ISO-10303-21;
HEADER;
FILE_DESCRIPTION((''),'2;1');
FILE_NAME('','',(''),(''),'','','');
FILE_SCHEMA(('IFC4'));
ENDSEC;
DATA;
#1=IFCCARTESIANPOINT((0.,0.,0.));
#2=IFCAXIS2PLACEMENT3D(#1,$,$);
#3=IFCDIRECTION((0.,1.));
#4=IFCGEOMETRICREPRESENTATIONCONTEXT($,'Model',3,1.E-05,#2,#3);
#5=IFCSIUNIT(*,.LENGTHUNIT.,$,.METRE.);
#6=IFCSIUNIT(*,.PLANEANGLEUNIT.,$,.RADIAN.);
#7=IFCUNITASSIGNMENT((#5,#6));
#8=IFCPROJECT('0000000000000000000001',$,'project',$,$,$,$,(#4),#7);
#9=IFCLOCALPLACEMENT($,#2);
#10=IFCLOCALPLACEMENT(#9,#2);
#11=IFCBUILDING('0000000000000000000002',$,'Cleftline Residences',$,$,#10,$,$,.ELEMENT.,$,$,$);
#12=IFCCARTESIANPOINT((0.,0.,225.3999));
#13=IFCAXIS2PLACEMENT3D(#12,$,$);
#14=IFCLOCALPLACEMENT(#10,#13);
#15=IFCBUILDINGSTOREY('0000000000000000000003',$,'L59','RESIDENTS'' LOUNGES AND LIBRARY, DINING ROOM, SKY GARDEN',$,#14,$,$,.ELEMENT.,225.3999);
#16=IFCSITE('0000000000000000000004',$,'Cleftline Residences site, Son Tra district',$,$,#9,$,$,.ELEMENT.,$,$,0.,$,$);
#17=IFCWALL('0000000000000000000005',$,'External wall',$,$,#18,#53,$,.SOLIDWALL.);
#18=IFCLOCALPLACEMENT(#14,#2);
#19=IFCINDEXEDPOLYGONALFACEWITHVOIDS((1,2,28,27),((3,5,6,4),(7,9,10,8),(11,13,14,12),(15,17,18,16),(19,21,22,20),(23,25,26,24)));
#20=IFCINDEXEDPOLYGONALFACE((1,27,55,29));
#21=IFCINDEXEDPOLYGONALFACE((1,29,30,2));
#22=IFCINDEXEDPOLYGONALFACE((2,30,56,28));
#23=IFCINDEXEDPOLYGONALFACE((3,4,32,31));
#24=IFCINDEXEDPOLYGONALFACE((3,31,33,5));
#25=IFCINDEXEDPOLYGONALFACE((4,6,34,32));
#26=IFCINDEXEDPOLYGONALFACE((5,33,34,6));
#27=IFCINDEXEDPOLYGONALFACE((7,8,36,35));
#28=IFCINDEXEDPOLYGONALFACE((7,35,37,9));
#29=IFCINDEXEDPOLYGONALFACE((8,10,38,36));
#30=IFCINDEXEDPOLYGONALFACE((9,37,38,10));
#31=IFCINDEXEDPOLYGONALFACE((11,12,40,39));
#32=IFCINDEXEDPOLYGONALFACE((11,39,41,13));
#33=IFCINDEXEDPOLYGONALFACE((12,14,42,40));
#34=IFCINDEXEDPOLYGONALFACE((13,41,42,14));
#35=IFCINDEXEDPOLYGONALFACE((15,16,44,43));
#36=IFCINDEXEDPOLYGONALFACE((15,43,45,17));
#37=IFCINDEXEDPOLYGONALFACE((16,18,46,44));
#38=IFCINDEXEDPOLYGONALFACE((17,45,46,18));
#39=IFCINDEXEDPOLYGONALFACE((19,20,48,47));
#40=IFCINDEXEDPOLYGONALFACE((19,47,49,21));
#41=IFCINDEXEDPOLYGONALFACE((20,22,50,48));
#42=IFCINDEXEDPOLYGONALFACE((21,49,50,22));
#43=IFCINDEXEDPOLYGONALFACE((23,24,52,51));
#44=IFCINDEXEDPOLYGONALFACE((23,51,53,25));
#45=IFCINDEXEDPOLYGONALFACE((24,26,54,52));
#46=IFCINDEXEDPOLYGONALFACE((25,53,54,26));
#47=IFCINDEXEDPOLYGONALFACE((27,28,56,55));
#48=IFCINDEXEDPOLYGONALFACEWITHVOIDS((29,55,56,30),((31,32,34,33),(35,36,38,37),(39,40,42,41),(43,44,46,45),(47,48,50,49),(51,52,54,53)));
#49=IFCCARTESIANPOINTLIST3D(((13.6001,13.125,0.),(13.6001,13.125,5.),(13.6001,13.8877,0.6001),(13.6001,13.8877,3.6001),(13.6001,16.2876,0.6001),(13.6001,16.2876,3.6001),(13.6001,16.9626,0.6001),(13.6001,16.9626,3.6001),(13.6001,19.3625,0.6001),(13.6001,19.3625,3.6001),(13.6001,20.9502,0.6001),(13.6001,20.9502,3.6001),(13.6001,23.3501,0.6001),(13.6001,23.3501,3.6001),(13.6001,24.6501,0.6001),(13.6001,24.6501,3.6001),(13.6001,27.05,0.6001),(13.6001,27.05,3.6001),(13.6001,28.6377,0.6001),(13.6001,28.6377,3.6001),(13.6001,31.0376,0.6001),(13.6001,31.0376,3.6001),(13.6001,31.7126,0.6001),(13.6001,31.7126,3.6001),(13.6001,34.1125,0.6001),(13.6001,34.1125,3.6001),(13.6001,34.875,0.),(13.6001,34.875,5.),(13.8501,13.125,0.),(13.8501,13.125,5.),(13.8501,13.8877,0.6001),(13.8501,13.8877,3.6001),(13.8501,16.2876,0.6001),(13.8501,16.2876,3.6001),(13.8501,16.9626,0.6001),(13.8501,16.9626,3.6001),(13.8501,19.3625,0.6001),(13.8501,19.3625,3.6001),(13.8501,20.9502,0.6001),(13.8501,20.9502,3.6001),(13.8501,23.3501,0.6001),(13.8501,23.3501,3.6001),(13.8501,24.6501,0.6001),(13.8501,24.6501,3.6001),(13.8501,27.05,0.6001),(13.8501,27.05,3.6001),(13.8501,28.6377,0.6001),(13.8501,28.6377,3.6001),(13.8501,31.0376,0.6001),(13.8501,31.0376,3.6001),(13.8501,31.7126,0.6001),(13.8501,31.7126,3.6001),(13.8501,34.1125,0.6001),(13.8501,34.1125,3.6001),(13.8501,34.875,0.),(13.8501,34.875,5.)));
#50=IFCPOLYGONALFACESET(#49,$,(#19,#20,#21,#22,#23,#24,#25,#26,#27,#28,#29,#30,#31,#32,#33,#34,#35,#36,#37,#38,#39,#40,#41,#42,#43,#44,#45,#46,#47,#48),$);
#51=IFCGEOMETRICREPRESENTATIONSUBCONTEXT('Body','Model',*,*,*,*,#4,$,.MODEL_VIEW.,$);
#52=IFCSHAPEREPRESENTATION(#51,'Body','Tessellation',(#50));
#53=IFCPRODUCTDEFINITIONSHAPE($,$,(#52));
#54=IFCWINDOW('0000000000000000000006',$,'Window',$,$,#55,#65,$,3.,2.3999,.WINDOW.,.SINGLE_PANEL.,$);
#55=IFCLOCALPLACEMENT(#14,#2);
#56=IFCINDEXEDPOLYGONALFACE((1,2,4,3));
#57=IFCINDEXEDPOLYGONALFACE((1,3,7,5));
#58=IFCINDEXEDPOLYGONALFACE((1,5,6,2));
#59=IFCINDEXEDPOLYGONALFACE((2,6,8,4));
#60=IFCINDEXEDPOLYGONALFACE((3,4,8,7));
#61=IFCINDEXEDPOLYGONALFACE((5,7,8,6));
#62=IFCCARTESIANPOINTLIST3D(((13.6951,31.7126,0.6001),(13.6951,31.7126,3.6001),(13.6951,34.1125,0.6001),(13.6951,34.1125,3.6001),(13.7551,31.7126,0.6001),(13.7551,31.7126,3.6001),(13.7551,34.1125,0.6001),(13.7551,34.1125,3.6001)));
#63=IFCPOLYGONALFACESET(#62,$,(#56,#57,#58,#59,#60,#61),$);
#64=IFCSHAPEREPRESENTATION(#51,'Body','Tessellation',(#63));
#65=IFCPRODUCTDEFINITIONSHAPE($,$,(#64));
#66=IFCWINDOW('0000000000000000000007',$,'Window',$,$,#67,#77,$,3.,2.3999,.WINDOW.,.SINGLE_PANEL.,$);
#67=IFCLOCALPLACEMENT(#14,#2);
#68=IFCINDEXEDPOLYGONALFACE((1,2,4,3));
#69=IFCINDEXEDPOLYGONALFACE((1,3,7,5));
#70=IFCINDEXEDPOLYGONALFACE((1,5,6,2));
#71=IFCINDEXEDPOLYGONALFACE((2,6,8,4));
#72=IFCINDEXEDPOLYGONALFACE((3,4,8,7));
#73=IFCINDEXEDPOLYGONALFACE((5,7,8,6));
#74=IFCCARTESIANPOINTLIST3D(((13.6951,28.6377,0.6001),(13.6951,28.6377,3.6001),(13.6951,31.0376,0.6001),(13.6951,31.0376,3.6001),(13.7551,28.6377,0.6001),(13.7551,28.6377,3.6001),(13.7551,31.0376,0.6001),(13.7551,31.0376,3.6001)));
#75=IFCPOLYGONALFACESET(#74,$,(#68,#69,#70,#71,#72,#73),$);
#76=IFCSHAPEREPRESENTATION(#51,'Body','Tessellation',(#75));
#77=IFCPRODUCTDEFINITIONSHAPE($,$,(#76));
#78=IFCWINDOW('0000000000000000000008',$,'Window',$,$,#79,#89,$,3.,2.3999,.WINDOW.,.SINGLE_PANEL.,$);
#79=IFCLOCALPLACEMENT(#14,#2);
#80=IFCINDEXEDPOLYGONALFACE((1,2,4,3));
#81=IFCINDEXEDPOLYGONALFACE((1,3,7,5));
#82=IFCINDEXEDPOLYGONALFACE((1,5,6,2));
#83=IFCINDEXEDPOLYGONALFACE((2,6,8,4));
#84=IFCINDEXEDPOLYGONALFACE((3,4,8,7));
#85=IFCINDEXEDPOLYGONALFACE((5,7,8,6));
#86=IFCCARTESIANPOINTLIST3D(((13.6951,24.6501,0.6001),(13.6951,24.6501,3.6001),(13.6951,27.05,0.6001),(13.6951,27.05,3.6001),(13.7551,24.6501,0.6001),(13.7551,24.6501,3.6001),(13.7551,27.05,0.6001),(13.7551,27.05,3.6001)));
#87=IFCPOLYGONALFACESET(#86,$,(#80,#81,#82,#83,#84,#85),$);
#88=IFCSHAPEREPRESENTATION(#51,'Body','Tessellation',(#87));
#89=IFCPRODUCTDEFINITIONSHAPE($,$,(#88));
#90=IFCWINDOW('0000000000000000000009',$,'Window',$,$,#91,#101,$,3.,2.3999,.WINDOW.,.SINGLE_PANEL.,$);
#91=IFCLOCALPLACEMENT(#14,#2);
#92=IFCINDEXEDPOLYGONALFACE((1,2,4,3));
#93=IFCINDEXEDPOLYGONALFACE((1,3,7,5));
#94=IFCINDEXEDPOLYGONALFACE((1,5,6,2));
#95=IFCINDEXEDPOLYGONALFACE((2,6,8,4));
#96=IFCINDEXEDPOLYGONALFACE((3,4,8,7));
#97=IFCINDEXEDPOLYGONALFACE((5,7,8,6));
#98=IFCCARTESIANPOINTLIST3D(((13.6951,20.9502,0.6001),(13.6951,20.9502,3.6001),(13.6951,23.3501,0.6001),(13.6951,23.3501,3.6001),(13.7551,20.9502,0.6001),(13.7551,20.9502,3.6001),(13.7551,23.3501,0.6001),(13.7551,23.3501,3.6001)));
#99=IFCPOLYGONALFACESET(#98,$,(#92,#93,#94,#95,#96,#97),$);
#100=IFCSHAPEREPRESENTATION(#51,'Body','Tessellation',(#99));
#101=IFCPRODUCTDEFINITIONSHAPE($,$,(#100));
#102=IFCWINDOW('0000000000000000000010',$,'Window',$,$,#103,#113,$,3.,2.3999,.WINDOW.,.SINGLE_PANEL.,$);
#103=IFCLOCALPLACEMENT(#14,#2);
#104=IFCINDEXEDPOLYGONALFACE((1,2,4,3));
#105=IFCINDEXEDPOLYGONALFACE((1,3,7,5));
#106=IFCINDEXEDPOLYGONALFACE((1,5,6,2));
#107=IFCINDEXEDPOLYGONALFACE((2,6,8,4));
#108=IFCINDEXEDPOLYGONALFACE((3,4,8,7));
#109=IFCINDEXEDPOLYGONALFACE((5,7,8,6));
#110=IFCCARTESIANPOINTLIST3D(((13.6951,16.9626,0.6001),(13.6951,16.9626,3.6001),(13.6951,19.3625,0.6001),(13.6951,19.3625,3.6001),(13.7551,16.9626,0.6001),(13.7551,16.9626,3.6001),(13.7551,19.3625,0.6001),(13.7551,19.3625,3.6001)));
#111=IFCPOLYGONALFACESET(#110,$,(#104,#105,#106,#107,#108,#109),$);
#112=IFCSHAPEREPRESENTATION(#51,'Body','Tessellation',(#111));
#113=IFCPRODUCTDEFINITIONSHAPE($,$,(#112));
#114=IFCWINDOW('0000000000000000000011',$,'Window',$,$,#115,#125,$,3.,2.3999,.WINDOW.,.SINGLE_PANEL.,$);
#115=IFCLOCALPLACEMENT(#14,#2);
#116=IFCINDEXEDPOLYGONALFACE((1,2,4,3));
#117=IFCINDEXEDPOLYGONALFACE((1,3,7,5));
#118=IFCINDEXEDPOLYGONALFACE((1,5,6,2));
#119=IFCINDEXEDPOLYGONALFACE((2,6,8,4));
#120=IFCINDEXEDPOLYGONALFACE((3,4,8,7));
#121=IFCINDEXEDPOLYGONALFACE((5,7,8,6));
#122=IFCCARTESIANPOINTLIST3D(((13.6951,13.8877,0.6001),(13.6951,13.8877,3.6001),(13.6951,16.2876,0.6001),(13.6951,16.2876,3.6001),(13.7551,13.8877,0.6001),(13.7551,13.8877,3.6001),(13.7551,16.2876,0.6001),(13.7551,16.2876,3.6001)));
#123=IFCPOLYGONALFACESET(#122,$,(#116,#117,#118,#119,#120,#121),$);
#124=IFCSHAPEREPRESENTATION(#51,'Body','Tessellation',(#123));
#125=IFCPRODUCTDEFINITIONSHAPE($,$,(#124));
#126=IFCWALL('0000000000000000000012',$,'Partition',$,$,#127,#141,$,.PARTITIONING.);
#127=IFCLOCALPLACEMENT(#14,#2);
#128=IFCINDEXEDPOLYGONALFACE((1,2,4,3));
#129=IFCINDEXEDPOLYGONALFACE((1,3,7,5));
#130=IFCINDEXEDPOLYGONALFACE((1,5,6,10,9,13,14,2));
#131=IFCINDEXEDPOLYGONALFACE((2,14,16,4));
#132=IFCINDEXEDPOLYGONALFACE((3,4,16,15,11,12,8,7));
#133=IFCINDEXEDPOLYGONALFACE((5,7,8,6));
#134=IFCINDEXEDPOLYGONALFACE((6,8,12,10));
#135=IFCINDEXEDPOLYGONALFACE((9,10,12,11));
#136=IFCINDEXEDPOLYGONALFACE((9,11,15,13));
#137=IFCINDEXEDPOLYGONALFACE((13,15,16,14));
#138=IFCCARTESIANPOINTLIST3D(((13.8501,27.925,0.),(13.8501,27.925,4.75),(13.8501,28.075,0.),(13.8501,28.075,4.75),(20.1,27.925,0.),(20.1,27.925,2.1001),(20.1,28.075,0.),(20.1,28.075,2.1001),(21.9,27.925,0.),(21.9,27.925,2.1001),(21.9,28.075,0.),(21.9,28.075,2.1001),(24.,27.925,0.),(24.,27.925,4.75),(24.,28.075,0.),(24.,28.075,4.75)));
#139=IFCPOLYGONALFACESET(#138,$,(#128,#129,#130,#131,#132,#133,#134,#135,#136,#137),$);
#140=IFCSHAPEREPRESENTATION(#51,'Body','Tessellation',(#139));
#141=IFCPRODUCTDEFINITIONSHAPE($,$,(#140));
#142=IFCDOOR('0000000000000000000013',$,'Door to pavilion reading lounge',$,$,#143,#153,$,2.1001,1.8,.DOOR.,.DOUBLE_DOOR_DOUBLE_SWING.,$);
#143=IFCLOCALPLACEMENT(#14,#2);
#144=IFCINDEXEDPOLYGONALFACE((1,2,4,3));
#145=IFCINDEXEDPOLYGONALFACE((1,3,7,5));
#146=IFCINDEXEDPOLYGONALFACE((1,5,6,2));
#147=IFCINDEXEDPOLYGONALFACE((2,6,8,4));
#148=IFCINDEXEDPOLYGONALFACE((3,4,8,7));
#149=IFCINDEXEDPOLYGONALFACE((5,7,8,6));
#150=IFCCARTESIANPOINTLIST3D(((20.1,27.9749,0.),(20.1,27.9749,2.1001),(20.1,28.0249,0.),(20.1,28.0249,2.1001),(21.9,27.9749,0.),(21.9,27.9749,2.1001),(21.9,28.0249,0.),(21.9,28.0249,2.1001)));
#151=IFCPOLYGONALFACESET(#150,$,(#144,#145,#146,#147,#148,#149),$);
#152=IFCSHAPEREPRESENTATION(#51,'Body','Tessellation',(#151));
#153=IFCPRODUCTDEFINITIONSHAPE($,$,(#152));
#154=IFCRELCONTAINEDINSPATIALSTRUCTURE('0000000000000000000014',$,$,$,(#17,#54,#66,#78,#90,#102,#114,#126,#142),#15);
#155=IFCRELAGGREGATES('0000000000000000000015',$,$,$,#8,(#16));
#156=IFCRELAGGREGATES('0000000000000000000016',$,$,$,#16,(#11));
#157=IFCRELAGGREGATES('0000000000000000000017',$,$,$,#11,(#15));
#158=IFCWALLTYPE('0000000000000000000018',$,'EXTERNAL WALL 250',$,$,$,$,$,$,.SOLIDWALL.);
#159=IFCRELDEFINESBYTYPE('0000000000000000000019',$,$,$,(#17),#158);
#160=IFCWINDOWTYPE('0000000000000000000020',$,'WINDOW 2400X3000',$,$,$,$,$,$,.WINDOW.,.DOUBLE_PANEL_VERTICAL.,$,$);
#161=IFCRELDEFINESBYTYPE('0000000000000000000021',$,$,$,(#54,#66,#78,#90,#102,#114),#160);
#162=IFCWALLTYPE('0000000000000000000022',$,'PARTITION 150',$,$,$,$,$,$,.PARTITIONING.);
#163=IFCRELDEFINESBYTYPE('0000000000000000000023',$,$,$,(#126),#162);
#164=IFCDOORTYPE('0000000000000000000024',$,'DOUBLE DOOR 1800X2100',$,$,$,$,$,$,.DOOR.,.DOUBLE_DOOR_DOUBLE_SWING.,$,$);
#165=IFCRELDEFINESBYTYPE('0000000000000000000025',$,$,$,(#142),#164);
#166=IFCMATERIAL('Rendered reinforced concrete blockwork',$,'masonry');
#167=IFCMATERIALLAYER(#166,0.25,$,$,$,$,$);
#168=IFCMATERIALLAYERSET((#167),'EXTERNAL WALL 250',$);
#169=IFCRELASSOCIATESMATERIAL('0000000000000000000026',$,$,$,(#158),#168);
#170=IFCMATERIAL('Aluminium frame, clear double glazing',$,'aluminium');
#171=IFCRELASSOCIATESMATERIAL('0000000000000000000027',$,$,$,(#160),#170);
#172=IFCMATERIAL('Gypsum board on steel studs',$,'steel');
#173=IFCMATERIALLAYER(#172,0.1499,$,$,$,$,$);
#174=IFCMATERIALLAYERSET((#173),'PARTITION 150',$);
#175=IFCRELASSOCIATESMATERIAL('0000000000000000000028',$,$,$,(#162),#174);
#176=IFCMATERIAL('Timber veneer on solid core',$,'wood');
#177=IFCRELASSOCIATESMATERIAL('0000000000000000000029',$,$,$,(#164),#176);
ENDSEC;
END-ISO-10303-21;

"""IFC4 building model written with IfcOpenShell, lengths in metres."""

from ifc_helpers import new_model, si_unit, direction, frame, frame_2d, origin, place, context, subcontext, project, spatial, rectangle, extrude, material, layer, layer_set, type_object, element, fill, save


model = new_model("IFC4")

# Units and contexts
model_context = context("Model", 3, precision=1e-05, world=origin(), true_north=direction((0.0, 1.0)))
body_context = subcontext(model_context, "Body", "Model", "MODEL_VIEW")
ifc_project = project(units=[si_unit("LENGTHUNIT", "METRE"), si_unit("PLANEANGLEUNIT", "RADIAN")], contexts=[model_context])

# Site, building, storey
site_placement = place(None, origin())
site = spatial("IfcSite", under=ifc_project, at=site_placement, Name="Cleftline Residences site, Son Tra district", CompositionType="ELEMENT", RefElevation=0.0)
building_placement = place(site_placement, origin())
building = spatial("IfcBuilding", under=site, at=building_placement, Name="Cleftline Residences", CompositionType="ELEMENT")
storey_placement = place(building_placement, frame((0.0, 0.0, 225.3999)))
storey = spatial("IfcBuildingStorey", under=building, at=storey_placement, Name="L59", Description="RESIDENTS' LOUNGES AND LIBRARY, DINING ROOM, SKY GARDEN", CompositionType="ELEMENT", Elevation=225.3999)

# Shared definitions
ifc_material_1 = material(Name="Rendered reinforced concrete blockwork", Category="masonry")
ifc_layer_1 = layer(ifc_material_1, 0.25)
ifc_layer_set_1 = layer_set([ifc_layer_1], Name="EXTERNAL WALL 250")
wall_type_1 = type_object("IfcWallType", Name="EXTERNAL WALL 250", PredefinedType="SOLIDWALL", material=ifc_layer_set_1)
ifc_material_2 = material(Name="Aluminium frame, clear double glazing", Category="aluminium")
window_type = type_object("IfcWindowType", Name="WINDOW 2400X3000", PartitioningType="DOUBLE_PANEL_VERTICAL", PredefinedType="WINDOW", material=ifc_material_2)

# Wall, openings, windows
wall_1_placement = place(storey_placement, frame((13.7251, 34.875, 0.0), z_axis=(0.0, 0.0, 1.0), x_axis=(0.0, -1.0, 0.0)))
wall_1 = element("IfcWall", 1, at=wall_1_placement, inside=storey, type_object=wall_type_1, Name="External wall", PredefinedType="SOLIDWALL", context=body_context, shape_type="SweptSolid", body=[
    extrude(rectangle(XDim=21.75, YDim=0.25, at=frame_2d((10.875, 0.0))), origin(), (0.0, 0.0, 1.0), 5.0),
])
opening_1_placement = place(wall_1_placement, frame((0.7625, 0.0, 0.6001)))
opening_1 = element("IfcOpeningElement", 2, at=opening_1_placement, cuts=wall_1, PredefinedType="OPENING", context=body_context, shape_type="SweptSolid", body=[
    extrude(rectangle(XDim=2.3999, YDim=3.0, at=frame_2d((1.2, 1.5))), frame((0.0, 0.135, 0.0), z_axis=(0.0, -1.0, 0.0), x_axis=(1.0, 0.0, 0.0)), (0.0, 0.0, 1.0), 0.27),
])
opening_2_placement = place(wall_1_placement, frame((3.8374, 0.0, 0.6001)))
opening_2 = element("IfcOpeningElement", 3, at=opening_2_placement, cuts=wall_1, PredefinedType="OPENING", context=body_context, shape_type="SweptSolid", body=[
    extrude(rectangle(XDim=2.3999, YDim=3.0, at=frame_2d((1.2, 1.5))), frame((0.0, 0.135, 0.0), z_axis=(0.0, -1.0, 0.0), x_axis=(1.0, 0.0, 0.0)), (0.0, 0.0, 1.0), 0.27),
])
opening_3_placement = place(wall_1_placement, frame((7.825, 0.0, 0.6001)))
opening_3 = element("IfcOpeningElement", 4, at=opening_3_placement, cuts=wall_1, PredefinedType="OPENING", context=body_context, shape_type="SweptSolid", body=[
    extrude(rectangle(XDim=2.3999, YDim=3.0, at=frame_2d((1.2, 1.5))), frame((0.0, 0.135, 0.0), z_axis=(0.0, -1.0, 0.0), x_axis=(1.0, 0.0, 0.0)), (0.0, 0.0, 1.0), 0.27),
])
opening_4_placement = place(wall_1_placement, frame((11.5249, 0.0, 0.6001)))
opening_4 = element("IfcOpeningElement", 5, at=opening_4_placement, cuts=wall_1, PredefinedType="OPENING", context=body_context, shape_type="SweptSolid", body=[
    extrude(rectangle(XDim=2.3999, YDim=3.0, at=frame_2d((1.2, 1.5))), frame((0.0, 0.135, 0.0), z_axis=(0.0, -1.0, 0.0), x_axis=(1.0, 0.0, 0.0)), (0.0, 0.0, 1.0), 0.27),
])
opening_5_placement = place(wall_1_placement, frame((15.5125, 0.0, 0.6001)))
opening_5 = element("IfcOpeningElement", 6, at=opening_5_placement, cuts=wall_1, PredefinedType="OPENING", context=body_context, shape_type="SweptSolid", body=[
    extrude(rectangle(XDim=2.3999, YDim=3.0, at=frame_2d((1.2, 1.5))), frame((0.0, 0.135, 0.0), z_axis=(0.0, -1.0, 0.0), x_axis=(1.0, 0.0, 0.0)), (0.0, 0.0, 1.0), 0.27),
])
opening_6_placement = place(wall_1_placement, frame((18.5874, 0.0, 0.6001)))
opening_6 = element("IfcOpeningElement", 7, at=opening_6_placement, cuts=wall_1, PredefinedType="OPENING", context=body_context, shape_type="SweptSolid", body=[
    extrude(rectangle(XDim=2.3999, YDim=3.0, at=frame_2d((1.2, 1.5))), frame((0.0, 0.135, 0.0), z_axis=(0.0, -1.0, 0.0), x_axis=(1.0, 0.0, 0.0)), (0.0, 0.0, 1.0), 0.27),
])
window_1_placement = place(opening_1_placement, origin())
window_1 = element("IfcWindow", 8, at=window_1_placement, inside=storey, type_object=window_type, Name="Window", OverallHeight=3.0, OverallWidth=2.3999, PartitioningType="SINGLE_PANEL", PredefinedType="WINDOW", context=body_context, shape_type="SweptSolid", body=[
    extrude(rectangle(XDim=2.3999, YDim=3.0, at=frame_2d((1.2, 1.5))), frame((0.0, 0.03, 0.0), z_axis=(0.0, -1.0, 0.0), x_axis=(1.0, 0.0, 0.0)), (0.0, 0.0, 1.0), 0.0601),
])
fill(opening_1, window_1)
window_2_placement = place(opening_2_placement, origin())
window_2 = element("IfcWindow", 9, at=window_2_placement, inside=storey, type_object=window_type, Name="Window", OverallHeight=3.0, OverallWidth=2.3999, PartitioningType="SINGLE_PANEL", PredefinedType="WINDOW", context=body_context, shape_type="SweptSolid", body=[
    extrude(rectangle(XDim=2.3999, YDim=3.0, at=frame_2d((1.2, 1.5))), frame((0.0, 0.03, 0.0), z_axis=(0.0, -1.0, 0.0), x_axis=(1.0, 0.0, 0.0)), (0.0, 0.0, 1.0), 0.0601),
])
fill(opening_2, window_2)
window_3_placement = place(opening_3_placement, origin())
window_3 = element("IfcWindow", 10, at=window_3_placement, inside=storey, type_object=window_type, Name="Window", OverallHeight=3.0, OverallWidth=2.3999, PartitioningType="SINGLE_PANEL", PredefinedType="WINDOW", context=body_context, shape_type="SweptSolid", body=[
    extrude(rectangle(XDim=2.3999, YDim=3.0, at=frame_2d((1.2, 1.5))), frame((0.0, 0.03, 0.0), z_axis=(0.0, -1.0, 0.0), x_axis=(1.0, 0.0, 0.0)), (0.0, 0.0, 1.0), 0.0601),
])
fill(opening_3, window_3)
window_4_placement = place(opening_4_placement, origin())
window_4 = element("IfcWindow", 11, at=window_4_placement, inside=storey, type_object=window_type, Name="Window", OverallHeight=3.0, OverallWidth=2.3999, PartitioningType="SINGLE_PANEL", PredefinedType="WINDOW", context=body_context, shape_type="SweptSolid", body=[
    extrude(rectangle(XDim=2.3999, YDim=3.0, at=frame_2d((1.2, 1.5))), frame((0.0, 0.03, 0.0), z_axis=(0.0, -1.0, 0.0), x_axis=(1.0, 0.0, 0.0)), (0.0, 0.0, 1.0), 0.0601),
])
fill(opening_4, window_4)
window_5_placement = place(opening_5_placement, origin())
window_5 = element("IfcWindow", 12, at=window_5_placement, inside=storey, type_object=window_type, Name="Window", OverallHeight=3.0, OverallWidth=2.3999, PartitioningType="SINGLE_PANEL", PredefinedType="WINDOW", context=body_context, shape_type="SweptSolid", body=[
    extrude(rectangle(XDim=2.3999, YDim=3.0, at=frame_2d((1.2, 1.5))), frame((0.0, 0.03, 0.0), z_axis=(0.0, -1.0, 0.0), x_axis=(1.0, 0.0, 0.0)), (0.0, 0.0, 1.0), 0.0601),
])
fill(opening_5, window_5)
window_6_placement = place(opening_6_placement, origin())
window_6 = element("IfcWindow", 13, at=window_6_placement, inside=storey, type_object=window_type, Name="Window", OverallHeight=3.0, OverallWidth=2.3999, PartitioningType="SINGLE_PANEL", PredefinedType="WINDOW", context=body_context, shape_type="SweptSolid", body=[
    extrude(rectangle(XDim=2.3999, YDim=3.0, at=frame_2d((1.2, 1.5))), frame((0.0, 0.03, 0.0), z_axis=(0.0, -1.0, 0.0), x_axis=(1.0, 0.0, 0.0)), (0.0, 0.0, 1.0), 0.0601),
])
fill(opening_6, window_6)

# Wall, opening, door
ifc_material_3 = material(Name="Gypsum board on steel studs", Category="steel")
ifc_layer_2 = layer(ifc_material_3, 0.1499)
ifc_layer_set_2 = layer_set([ifc_layer_2], Name="PARTITION 150")
wall_type_2 = type_object("IfcWallType", Name="PARTITION 150", PredefinedType="PARTITIONING", material=ifc_layer_set_2)
wall_2_placement = place(storey_placement, frame((13.8501, 28.0, 0.0), z_axis=(0.0, 0.0, 1.0), x_axis=(1.0, 0.0, 0.0)))
wall_2 = element("IfcWall", 14, at=wall_2_placement, inside=storey, type_object=wall_type_2, Name="Partition", PredefinedType="PARTITIONING", context=body_context, shape_type="SweptSolid", body=[
    extrude(rectangle(XDim=10.1499, YDim=0.1499, at=frame_2d((5.075, 0.0))), origin(), (0.0, 0.0, 1.0), 4.75),
])
opening_7_placement = place(wall_2_placement, frame((6.25, 0.0, 0.0)))
opening_7 = element("IfcOpeningElement", 15, at=opening_7_placement, cuts=wall_2, PredefinedType="OPENING", context=body_context, shape_type="SweptSolid", body=[
    extrude(rectangle(XDim=1.8, YDim=2.1001, at=frame_2d((0.8999, 1.05))), frame((0.0, 0.085, 0.0), z_axis=(0.0, -1.0, 0.0), x_axis=(1.0, 0.0, 0.0)), (0.0, 0.0, 1.0), 0.1699),
])
ifc_material_4 = material(Name="Timber veneer on solid core", Category="wood")
door_type_1 = type_object("IfcDoorType", Name="DOUBLE DOOR 1800X2100", OperationType="DOUBLE_DOOR_DOUBLE_SWING", PredefinedType="DOOR", material=ifc_material_4)
door_1_placement = place(opening_7_placement, origin())
door_1 = element("IfcDoor", 16, at=door_1_placement, inside=storey, type_object=door_type_1, Name="Door to pavilion reading lounge", OperationType="DOUBLE_DOOR_DOUBLE_SWING", OverallHeight=2.1001, OverallWidth=1.8, PredefinedType="DOOR", context=body_context, shape_type="SweptSolid", body=[
    extrude(rectangle(XDim=1.8, YDim=2.1001, at=frame_2d((0.8999, 1.05))), frame((0.0, 0.0249, 0.0), z_axis=(0.0, -1.0, 0.0), x_axis=(1.0, 0.0, 0.0)), (0.0, 0.0, 1.0), 0.05),
])
fill(opening_7, door_1)

save(model, "model.ifc")
